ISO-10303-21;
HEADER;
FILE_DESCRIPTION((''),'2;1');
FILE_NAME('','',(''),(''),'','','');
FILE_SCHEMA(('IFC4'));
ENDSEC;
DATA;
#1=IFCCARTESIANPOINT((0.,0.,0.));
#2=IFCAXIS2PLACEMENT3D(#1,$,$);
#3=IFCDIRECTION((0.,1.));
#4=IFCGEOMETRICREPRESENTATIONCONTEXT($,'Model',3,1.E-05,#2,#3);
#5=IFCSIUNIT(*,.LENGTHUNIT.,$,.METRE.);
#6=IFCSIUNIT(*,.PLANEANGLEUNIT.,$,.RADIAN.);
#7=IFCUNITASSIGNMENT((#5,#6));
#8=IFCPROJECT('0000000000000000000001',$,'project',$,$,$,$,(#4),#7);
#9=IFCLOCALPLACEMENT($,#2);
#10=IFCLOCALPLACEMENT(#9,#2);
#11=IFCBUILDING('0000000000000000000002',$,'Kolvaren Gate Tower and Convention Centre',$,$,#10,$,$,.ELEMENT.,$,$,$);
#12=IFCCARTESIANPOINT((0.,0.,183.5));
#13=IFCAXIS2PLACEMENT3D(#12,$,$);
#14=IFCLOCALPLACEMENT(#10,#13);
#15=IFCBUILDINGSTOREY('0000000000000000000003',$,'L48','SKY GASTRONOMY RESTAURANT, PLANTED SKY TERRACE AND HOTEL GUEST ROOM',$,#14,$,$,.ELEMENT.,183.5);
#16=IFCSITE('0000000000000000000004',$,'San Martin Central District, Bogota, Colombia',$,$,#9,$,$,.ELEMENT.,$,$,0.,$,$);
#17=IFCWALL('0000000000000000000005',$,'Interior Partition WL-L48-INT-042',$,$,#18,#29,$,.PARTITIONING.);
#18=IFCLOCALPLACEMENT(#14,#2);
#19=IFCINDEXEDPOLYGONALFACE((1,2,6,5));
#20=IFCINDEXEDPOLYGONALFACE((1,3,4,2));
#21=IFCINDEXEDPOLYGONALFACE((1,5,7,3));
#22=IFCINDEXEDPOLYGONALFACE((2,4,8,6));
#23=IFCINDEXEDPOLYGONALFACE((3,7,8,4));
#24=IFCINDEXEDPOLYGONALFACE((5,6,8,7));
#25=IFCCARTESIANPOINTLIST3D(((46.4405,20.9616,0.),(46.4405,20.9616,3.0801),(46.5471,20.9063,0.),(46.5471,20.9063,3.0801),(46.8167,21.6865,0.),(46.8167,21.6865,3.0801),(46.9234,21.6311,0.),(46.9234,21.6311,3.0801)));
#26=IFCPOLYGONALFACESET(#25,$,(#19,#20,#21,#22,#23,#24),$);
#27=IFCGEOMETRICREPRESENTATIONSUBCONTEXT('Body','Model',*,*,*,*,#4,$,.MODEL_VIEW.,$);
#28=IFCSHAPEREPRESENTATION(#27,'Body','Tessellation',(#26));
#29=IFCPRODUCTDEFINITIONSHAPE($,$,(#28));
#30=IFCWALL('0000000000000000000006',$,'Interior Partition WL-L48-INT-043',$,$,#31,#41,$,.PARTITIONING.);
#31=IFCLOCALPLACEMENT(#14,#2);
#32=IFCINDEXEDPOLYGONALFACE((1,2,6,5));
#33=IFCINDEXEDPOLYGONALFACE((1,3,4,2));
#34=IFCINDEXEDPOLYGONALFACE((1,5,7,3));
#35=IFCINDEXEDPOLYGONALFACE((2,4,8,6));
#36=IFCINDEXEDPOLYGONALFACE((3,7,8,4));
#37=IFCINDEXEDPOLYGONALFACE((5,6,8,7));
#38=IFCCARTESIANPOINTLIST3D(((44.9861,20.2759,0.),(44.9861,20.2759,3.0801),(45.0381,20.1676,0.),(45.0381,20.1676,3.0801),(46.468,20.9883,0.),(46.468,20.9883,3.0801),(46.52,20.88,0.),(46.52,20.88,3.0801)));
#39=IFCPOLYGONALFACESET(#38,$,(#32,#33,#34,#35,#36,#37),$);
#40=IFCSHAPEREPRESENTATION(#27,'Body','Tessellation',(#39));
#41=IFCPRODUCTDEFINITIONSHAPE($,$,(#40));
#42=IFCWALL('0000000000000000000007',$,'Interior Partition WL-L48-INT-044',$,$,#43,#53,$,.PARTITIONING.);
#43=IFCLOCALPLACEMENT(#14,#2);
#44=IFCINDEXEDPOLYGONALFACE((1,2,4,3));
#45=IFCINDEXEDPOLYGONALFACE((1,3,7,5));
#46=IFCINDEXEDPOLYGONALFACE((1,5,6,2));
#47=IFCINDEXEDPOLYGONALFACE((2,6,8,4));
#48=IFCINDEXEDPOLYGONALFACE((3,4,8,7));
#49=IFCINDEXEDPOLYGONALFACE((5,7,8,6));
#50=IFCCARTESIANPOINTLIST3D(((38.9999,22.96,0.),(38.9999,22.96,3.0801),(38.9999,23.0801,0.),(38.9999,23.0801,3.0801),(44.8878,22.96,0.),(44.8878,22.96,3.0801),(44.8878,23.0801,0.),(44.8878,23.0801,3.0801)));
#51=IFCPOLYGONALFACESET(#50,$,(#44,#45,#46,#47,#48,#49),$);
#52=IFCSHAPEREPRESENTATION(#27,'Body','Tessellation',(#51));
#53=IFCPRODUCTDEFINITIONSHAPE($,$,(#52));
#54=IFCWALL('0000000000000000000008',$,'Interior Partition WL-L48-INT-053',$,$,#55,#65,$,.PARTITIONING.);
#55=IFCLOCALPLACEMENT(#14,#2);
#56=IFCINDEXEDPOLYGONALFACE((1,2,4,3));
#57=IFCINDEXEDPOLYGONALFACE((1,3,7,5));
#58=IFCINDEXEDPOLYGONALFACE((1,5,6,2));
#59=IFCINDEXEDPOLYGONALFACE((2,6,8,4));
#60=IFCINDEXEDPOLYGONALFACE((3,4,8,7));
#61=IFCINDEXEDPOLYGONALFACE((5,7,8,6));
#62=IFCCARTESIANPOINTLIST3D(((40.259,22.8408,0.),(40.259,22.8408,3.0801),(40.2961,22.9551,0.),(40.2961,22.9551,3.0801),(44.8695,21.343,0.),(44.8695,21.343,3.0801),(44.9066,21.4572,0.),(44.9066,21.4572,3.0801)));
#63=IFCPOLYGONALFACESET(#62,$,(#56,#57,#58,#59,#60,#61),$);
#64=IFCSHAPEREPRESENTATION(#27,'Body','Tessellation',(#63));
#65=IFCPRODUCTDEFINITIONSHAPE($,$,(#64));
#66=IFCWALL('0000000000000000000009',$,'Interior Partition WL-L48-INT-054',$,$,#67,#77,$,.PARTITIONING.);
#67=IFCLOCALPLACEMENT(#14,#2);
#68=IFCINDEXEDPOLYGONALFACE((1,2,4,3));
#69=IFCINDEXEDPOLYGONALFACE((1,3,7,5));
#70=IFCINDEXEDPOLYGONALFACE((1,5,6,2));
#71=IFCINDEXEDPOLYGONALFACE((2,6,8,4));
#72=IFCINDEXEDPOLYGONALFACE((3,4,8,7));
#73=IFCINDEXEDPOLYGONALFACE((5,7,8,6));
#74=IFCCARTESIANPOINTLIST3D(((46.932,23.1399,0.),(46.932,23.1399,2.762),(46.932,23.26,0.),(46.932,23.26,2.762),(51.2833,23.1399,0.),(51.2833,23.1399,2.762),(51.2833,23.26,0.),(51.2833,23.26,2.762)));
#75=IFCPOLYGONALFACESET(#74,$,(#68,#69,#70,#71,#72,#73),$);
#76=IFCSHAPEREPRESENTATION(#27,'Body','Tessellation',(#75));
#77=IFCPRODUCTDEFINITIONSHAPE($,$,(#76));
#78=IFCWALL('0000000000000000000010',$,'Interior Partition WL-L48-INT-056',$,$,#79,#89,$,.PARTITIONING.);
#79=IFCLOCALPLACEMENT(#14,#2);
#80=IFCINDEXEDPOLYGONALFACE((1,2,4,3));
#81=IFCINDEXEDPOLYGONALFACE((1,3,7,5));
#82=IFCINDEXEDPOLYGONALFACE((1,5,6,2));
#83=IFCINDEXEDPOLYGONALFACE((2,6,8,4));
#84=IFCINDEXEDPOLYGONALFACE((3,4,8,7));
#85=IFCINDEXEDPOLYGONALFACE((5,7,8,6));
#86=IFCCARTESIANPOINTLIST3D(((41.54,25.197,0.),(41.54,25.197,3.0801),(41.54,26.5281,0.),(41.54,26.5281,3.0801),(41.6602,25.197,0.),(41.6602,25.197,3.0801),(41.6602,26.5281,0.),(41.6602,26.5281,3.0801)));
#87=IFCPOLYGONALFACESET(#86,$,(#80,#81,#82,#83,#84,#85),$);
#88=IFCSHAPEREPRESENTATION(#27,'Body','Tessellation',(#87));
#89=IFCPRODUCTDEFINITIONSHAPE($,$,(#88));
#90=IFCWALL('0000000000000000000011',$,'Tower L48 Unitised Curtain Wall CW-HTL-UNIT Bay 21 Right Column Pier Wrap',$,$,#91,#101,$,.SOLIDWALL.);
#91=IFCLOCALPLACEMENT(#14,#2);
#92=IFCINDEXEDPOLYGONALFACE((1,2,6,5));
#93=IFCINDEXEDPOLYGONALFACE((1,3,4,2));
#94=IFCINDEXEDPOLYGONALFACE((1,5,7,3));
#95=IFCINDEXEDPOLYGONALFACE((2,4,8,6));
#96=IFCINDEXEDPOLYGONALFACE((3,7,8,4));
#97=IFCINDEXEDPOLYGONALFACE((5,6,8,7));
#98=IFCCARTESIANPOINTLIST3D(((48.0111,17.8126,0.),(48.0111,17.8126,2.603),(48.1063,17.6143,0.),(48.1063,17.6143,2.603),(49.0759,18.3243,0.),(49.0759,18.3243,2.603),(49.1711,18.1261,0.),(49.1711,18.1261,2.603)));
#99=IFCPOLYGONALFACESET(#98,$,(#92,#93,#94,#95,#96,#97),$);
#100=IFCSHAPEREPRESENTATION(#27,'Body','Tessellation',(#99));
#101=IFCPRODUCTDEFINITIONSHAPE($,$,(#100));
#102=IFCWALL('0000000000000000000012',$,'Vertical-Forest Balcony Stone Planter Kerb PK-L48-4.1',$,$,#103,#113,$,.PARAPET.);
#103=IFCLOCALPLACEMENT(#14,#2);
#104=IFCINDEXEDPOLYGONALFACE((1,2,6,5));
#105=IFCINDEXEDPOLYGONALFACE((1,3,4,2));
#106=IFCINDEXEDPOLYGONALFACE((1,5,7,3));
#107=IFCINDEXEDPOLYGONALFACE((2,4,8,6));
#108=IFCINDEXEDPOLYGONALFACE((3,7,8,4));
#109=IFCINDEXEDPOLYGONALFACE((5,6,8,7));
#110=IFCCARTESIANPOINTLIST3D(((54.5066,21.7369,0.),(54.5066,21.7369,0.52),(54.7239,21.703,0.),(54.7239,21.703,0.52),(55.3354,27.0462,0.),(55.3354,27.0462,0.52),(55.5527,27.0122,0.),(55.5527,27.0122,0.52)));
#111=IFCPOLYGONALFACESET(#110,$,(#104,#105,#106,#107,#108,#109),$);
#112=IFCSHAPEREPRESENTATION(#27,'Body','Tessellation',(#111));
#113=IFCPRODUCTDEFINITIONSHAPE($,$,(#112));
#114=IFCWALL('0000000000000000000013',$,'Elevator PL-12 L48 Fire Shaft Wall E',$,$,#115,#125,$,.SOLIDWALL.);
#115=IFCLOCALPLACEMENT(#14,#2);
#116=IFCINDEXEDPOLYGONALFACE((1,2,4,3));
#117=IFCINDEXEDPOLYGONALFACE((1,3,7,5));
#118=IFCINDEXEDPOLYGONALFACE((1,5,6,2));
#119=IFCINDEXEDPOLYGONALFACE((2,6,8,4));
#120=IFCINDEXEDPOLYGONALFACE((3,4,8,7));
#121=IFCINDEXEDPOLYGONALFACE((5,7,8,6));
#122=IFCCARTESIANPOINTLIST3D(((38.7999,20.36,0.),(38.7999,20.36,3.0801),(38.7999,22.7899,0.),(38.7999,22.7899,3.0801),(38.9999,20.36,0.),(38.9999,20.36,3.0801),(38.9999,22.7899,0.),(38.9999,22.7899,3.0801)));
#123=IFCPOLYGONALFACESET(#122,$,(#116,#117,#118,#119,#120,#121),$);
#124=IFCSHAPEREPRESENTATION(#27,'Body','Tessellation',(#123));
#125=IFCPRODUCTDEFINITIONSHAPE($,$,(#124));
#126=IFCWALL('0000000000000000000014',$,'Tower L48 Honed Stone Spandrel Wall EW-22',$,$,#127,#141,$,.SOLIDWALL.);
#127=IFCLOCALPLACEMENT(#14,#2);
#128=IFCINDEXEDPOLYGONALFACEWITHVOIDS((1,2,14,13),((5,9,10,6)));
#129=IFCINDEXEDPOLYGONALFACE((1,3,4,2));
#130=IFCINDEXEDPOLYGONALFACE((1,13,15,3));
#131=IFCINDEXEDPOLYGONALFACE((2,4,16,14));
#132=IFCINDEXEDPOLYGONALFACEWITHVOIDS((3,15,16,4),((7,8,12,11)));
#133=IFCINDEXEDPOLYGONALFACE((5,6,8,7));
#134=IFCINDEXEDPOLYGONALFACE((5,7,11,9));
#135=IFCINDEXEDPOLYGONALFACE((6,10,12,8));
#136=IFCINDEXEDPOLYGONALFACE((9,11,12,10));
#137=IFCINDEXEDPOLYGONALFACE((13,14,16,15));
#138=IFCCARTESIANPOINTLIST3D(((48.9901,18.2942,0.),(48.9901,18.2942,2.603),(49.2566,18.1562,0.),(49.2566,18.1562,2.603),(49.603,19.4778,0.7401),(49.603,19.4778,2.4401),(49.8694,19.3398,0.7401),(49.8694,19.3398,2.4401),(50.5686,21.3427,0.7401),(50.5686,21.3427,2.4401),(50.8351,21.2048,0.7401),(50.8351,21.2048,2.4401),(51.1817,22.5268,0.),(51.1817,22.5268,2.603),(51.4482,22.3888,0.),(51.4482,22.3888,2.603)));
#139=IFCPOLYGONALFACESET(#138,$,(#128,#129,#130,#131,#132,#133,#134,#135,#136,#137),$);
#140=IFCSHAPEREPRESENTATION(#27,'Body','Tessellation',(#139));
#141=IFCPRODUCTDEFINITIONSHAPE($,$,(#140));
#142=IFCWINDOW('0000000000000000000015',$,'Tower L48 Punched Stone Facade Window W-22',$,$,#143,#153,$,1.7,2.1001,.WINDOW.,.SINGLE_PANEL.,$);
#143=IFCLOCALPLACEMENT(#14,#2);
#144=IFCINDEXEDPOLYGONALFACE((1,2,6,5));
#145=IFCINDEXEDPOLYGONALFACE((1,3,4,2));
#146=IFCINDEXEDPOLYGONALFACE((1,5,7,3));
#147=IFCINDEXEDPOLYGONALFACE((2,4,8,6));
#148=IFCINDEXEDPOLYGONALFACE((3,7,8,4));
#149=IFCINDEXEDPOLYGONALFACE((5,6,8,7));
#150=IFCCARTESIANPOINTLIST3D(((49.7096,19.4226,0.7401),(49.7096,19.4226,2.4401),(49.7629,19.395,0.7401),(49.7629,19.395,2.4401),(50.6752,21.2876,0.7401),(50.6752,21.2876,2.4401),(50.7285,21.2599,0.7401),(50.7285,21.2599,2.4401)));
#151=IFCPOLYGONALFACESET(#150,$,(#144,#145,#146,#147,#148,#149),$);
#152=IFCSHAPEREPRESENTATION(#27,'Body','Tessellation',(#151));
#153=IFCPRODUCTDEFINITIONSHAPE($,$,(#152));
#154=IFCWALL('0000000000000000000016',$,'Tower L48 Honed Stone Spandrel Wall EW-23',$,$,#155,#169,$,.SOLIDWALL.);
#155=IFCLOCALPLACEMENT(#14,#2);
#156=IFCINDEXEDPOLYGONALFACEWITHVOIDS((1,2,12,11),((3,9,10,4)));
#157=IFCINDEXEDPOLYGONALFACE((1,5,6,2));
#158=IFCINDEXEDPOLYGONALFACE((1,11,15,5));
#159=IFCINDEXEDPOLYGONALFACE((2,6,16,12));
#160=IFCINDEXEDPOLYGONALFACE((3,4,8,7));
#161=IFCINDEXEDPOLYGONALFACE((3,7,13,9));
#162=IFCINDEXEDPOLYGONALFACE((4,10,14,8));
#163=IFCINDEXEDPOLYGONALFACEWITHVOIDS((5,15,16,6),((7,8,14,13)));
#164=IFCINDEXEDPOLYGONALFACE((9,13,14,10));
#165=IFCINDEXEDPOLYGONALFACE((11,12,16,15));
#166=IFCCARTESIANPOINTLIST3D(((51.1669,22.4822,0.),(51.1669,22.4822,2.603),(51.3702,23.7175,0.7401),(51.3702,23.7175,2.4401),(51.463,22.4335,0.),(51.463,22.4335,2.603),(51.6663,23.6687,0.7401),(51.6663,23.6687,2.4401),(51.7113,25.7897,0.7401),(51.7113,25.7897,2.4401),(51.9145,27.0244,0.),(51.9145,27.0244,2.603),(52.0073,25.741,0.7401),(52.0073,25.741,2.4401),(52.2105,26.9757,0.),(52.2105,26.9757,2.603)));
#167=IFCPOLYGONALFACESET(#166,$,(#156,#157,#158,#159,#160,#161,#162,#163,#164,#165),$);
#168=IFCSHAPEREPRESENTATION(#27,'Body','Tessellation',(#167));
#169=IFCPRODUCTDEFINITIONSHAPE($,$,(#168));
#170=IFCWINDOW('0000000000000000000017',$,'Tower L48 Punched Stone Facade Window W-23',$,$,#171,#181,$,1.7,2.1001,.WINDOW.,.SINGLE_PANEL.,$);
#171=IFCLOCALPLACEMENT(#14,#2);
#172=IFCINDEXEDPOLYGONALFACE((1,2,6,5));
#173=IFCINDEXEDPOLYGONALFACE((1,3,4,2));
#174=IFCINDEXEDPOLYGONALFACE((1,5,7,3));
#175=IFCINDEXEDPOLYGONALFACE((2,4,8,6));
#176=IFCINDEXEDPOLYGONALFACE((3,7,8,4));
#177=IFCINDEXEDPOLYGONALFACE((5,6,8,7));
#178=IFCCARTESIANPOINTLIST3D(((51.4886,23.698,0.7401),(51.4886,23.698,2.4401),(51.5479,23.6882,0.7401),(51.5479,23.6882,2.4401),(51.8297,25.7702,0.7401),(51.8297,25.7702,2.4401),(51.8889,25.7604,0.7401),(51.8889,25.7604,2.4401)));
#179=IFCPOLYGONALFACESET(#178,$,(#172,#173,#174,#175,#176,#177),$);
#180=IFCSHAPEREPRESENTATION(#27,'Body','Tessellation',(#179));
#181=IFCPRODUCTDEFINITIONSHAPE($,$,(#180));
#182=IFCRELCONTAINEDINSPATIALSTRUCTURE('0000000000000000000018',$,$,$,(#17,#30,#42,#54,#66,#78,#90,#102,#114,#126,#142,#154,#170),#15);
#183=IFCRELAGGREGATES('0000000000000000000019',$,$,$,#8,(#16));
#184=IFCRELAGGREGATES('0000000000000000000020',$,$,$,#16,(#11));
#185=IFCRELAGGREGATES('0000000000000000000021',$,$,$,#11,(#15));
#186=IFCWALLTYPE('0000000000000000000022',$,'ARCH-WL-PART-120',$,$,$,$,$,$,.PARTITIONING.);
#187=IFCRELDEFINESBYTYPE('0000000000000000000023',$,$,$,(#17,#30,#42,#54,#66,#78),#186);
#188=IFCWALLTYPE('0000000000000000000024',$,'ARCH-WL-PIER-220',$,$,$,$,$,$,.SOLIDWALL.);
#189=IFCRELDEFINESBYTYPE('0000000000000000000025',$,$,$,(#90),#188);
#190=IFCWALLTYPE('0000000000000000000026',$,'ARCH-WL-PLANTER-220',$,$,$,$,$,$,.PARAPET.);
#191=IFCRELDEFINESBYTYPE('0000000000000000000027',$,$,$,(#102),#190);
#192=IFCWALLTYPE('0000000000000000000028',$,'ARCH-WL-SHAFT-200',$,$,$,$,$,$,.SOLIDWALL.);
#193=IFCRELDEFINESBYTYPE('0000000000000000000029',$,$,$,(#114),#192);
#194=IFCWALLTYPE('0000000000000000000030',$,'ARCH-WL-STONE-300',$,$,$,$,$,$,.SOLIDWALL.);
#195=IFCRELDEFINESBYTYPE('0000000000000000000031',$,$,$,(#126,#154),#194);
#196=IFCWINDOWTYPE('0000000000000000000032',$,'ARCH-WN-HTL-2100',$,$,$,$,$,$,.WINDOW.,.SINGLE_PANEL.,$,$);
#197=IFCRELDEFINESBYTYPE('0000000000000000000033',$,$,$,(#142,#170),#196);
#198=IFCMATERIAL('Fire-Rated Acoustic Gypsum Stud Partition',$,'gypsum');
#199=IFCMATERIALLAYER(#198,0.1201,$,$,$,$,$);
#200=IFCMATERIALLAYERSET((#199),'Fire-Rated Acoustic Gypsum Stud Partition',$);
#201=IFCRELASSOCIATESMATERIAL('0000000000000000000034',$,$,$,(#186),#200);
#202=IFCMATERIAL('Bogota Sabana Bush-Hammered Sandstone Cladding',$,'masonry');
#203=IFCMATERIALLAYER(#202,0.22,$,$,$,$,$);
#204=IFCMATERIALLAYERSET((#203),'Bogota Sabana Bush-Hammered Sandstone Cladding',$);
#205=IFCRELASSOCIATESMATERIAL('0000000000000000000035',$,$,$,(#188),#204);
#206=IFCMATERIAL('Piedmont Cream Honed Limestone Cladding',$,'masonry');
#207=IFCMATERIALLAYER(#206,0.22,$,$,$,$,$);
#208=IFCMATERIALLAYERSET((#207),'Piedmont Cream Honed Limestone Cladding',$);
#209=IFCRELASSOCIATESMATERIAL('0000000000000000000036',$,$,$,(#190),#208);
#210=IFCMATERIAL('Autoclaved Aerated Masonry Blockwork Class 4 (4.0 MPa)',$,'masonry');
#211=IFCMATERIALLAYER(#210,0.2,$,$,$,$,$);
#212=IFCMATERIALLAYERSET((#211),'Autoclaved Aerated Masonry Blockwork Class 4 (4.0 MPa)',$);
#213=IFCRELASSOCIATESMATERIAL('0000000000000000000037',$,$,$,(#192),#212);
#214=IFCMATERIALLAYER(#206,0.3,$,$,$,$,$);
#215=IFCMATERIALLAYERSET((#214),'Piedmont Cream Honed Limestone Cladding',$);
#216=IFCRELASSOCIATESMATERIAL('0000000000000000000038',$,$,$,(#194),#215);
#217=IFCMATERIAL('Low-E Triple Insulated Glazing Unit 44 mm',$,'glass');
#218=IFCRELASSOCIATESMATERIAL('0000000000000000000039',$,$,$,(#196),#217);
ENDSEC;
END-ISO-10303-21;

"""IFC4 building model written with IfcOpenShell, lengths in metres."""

from ifc_helpers import new_model, si_unit, direction, frame, frame_2d, origin, place, context, subcontext, project, spatial, rectangle, extrude, material, layer, layer_set, type_object, element, fill, save


model = new_model("IFC4")

# Units and contexts
model_context = context("Model", 3, precision=1e-05, world=origin(), true_north=direction((0.0, 1.0)))
body_context = subcontext(model_context, "Body", "Model", "MODEL_VIEW")
ifc_project = project(units=[si_unit("LENGTHUNIT", "METRE"), si_unit("PLANEANGLEUNIT", "RADIAN")], contexts=[model_context])

# Site, building, storey
site_placement = place(None, origin())
site = spatial("IfcSite", under=ifc_project, at=site_placement, Name="San Martin Central District, Bogota, Colombia", CompositionType="ELEMENT", RefElevation=0.0)
building_placement = place(site_placement, origin())
building = spatial("IfcBuilding", under=site, at=building_placement, Name="Kolvaren Gate Tower and Convention Centre", CompositionType="ELEMENT")
storey_placement = place(building_placement, frame((0.0, 0.0, 183.5)))
storey = spatial("IfcBuildingStorey", under=building, at=storey_placement, Name="L48", Description="SKY GASTRONOMY RESTAURANT, PLANTED SKY TERRACE AND HOTEL GUEST ROOM", CompositionType="ELEMENT", Elevation=183.5)

# Shared definitions
ifc_material_1 = material(Name="Fire-Rated Acoustic Gypsum Stud Partition", Category="gypsum")
ifc_layer_1 = layer(ifc_material_1, 0.1201)
ifc_layer_set_1 = layer_set([ifc_layer_1], Name="Fire-Rated Acoustic Gypsum Stud Partition")
wall_type_1 = type_object("IfcWallType", Name="ARCH-WL-PART-120", PredefinedType="PARTITIONING", material=ifc_layer_set_1)

# Walls
wall_1_placement = place(storey_placement, frame((46.4939, 20.9341, 0.0), z_axis=(0.0, 0.0, 1.0), x_axis=(0.460675, 0.887569, 0.0)))
element("IfcWall", 1, at=wall_1_placement, inside=storey, type_object=wall_type_1, Name="Interior Partition WL-L48-INT-042", PredefinedType="PARTITIONING", context=body_context, shape_type="SweptSolid", body=[
    extrude(rectangle(XDim=0.8167, YDim=0.1201, at=frame_2d((0.4082, 0.0))), origin(), (0.0, 0.0, 1.0), 3.0801),
])
wall_2_placement = place(storey_placement, frame((45.012, 20.2217, 0.0), z_axis=(0.0, 0.0, 1.0), x_axis=(0.901268, 0.433262, 0.0)))
element("IfcWall", 2, at=wall_2_placement, inside=storey, type_object=wall_type_1, Name="Interior Partition WL-L48-INT-043", PredefinedType="PARTITIONING", context=body_context, shape_type="SweptSolid", body=[
    extrude(rectangle(XDim=1.6443, YDim=0.1201, at=frame_2d((0.8223, 0.0))), origin(), (0.0, 0.0, 1.0), 3.0801),
])
wall_3_placement = place(storey_placement, frame((39.0, 23.02, 0.0), z_axis=(0.0, 0.0, 1.0), x_axis=(1.0, 0.0, 0.0)))
element("IfcWall", 3, at=wall_3_placement, inside=storey, type_object=wall_type_1, Name="Interior Partition WL-L48-INT-044", PredefinedType="PARTITIONING", context=body_context, shape_type="SweptSolid", body=[
    extrude(rectangle(XDim=5.8879, YDim=0.1201, at=frame_2d((2.9438, 0.0))), origin(), (0.0, 0.0, 1.0), 3.0801),
])
wall_4_placement = place(storey_placement, frame((40.2776, 22.8979, 0.0), z_axis=(0.0, 0.0, 1.0), x_axis=(0.951068, -0.308981, 0.0)))
element("IfcWall", 4, at=wall_4_placement, inside=storey, type_object=wall_type_1, Name="Interior Partition WL-L48-INT-053", PredefinedType="PARTITIONING", context=body_context, shape_type="SweptSolid", body=[
    extrude(rectangle(XDim=4.8477, YDim=0.1201, at=frame_2d((2.4238, 0.0))), origin(), (0.0, 0.0, 1.0), 3.0801),
])
wall_5_placement = place(storey_placement, frame((46.9319, 23.2, 0.0), z_axis=(0.0, 0.0, 1.0), x_axis=(1.0, 0.0, 0.0)))
element("IfcWall", 5, at=wall_5_placement, inside=storey, type_object=wall_type_1, Name="Interior Partition WL-L48-INT-054", PredefinedType="PARTITIONING", context=body_context, shape_type="SweptSolid", body=[
    extrude(rectangle(XDim=4.3513, YDim=0.1201, at=frame_2d((2.1758, 0.0))), origin(), (0.0, 0.0, 1.0), 2.762),
])
wall_6_placement = place(storey_placement, frame((41.6001, 25.197, 0.0), z_axis=(0.0, 0.0, 1.0), x_axis=(0.0, 1.0, 0.0)))
element("IfcWall", 6, at=wall_6_placement, inside=storey, type_object=wall_type_1, Name="Interior Partition WL-L48-INT-056", PredefinedType="PARTITIONING", context=body_context, shape_type="SweptSolid", body=[
    extrude(rectangle(XDim=1.3311, YDim=0.1201, at=frame_2d((0.6655, 0.0))), origin(), (0.0, 0.0, 1.0), 3.0801),
])
ifc_material_2 = material(Name="Bogota Sabana Bush-Hammered Sandstone Cladding", Category="masonry")
ifc_layer_2 = layer(ifc_material_2, 0.22)
ifc_layer_set_2 = layer_set([ifc_layer_2], Name="Bogota Sabana Bush-Hammered Sandstone Cladding")
wall_type_2 = type_object("IfcWallType", Name="ARCH-WL-PIER-220", PredefinedType="SOLIDWALL", material=ifc_layer_set_2)
wall_7_placement = place(storey_placement, frame((48.0586, 17.7134, 0.0), z_axis=(0.0, 0.0, 1.0), x_axis=(0.901304, 0.433188, 0.0)))
element("IfcWall", 7, at=wall_7_placement, inside=storey, type_object=wall_type_2, Name="Tower L48 Unitised Curtain Wall CW-HTL-UNIT Bay 21 Right Column Pier Wrap", PredefinedType="SOLIDWALL", context=body_context, shape_type="SweptSolid", body=[
    extrude(rectangle(XDim=1.1814, YDim=0.22, at=frame_2d((0.5908, 0.0))), origin(), (0.0, 0.0, 1.0), 2.603),
])
ifc_material_3 = material(Name="Piedmont Cream Honed Limestone Cladding", Category="masonry")
ifc_layer_3 = layer(ifc_material_3, 0.22)
ifc_layer_set_3 = layer_set([ifc_layer_3], Name="Piedmont Cream Honed Limestone Cladding")
wall_type_3 = type_object("IfcWallType", Name="ARCH-WL-PLANTER-220", PredefinedType="PARAPET", material=ifc_layer_set_3)
wall_8_placement = place(storey_placement, frame((54.6152, 21.72, 0.0), z_axis=(0.0, 0.0, 1.0), x_axis=(0.154245, 0.988033, 0.0)))
element("IfcWall", 8, at=wall_8_placement, inside=storey, type_object=wall_type_3, Name="Vertical-Forest Balcony Stone Planter Kerb PK-L48-4.1", PredefinedType="PARAPET", context=body_context, shape_type="SweptSolid", body=[
    extrude(rectangle(XDim=5.3735, YDim=0.22, at=frame_2d((2.6868, 0.0))), origin(), (0.0, 0.0, 1.0), 0.52),
])
ifc_material_4 = material(Name="Autoclaved Aerated Masonry Blockwork Class 4 (4.0 MPa)", Category="masonry")
ifc_layer_4 = layer(ifc_material_4, 0.2)
ifc_layer_set_4 = layer_set([ifc_layer_4], Name="Autoclaved Aerated Masonry Blockwork Class 4 (4.0 MPa)")
wall_type_4 = type_object("IfcWallType", Name="ARCH-WL-SHAFT-200", PredefinedType="SOLIDWALL", material=ifc_layer_set_4)
wall_9_placement = place(storey_placement, frame((38.8999, 20.3601, 0.0), z_axis=(0.0, 0.0, 1.0), x_axis=(0.0, 1.0, 0.0)))
element("IfcWall", 9, at=wall_9_placement, inside=storey, type_object=wall_type_4, Name="Elevator PL-12 L48 Fire Shaft Wall E", PredefinedType="SOLIDWALL", context=body_context, shape_type="SweptSolid", body=[
    extrude(rectangle(XDim=2.4299, YDim=0.2, at=frame_2d((1.2148, 0.0))), origin(), (0.0, 0.0, 1.0), 3.0801),
])

# Walls, openings, windows
ifc_layer_5 = layer(ifc_material_3, 0.3)
ifc_layer_set_5 = layer_set([ifc_layer_5], Name="Piedmont Cream Honed Limestone Cladding")
wall_type_5 = type_object("IfcWallType", Name="ARCH-WL-STONE-300", PredefinedType="SOLIDWALL", material=ifc_layer_set_5)
wall_10_placement = place(storey_placement, frame((49.1233, 18.2251, 0.0), z_axis=(0.0, 0.0, 1.0), x_axis=(0.45981, 0.888017, 0.0)))
wall_10 = element("IfcWall", 10, at=wall_10_placement, inside=storey, type_object=wall_type_5, Name="Tower L48 Honed Stone Spandrel Wall EW-22", PredefinedType="SOLIDWALL", context=body_context, shape_type="SweptSolid", body=[
    extrude(rectangle(XDim=4.7664, YDim=0.3, at=frame_2d((2.3833, 0.0))), origin(), (0.0, 0.0, 1.0), 2.603),
])
opening_1_placement = place(wall_10_placement, frame((1.333, 0.0, 0.74)))
opening_1 = element("IfcOpeningElement", 11, at=opening_1_placement, cuts=wall_10, PredefinedType="OPENING", context=body_context, shape_type="SweptSolid", body=[
    extrude(rectangle(XDim=2.1001, YDim=1.7, at=frame_2d((1.05, 0.8501))), frame((0.0, 0.1599, 0.0), z_axis=(0.0, -1.0, 0.0), x_axis=(1.0, 0.0, 0.0)), (0.0, 0.0, 1.0), 0.3201),
])
ifc_material_5 = material(Name="Low-E Triple Insulated Glazing Unit 44 mm", Category="glass")
window_type = type_object("IfcWindowType", Name="ARCH-WN-HTL-2100", PartitioningType="SINGLE_PANEL", PredefinedType="WINDOW", material=ifc_material_5)
window_1_placement = place(opening_1_placement, origin())
window_1 = element("IfcWindow", 12, at=window_1_placement, inside=storey, type_object=window_type, Name="Tower L48 Punched Stone Facade Window W-22", OverallHeight=1.7, OverallWidth=2.1001, PartitioningType="SINGLE_PANEL", PredefinedType="WINDOW", context=body_context, shape_type="SweptSolid", body=[
    extrude(rectangle(XDim=2.1001, YDim=1.7, at=frame_2d((1.05, 0.8501))), frame((0.0, 0.03, 0.0), z_axis=(0.0, -1.0, 0.0), x_axis=(1.0, 0.0, 0.0)), (0.0, 0.0, 1.0), 0.0601),
])
fill(opening_1, window_1)
wall_11_placement = place(storey_placement, frame((51.3149, 22.4578, 0.0), z_axis=(0.0, 0.0, 1.0), x_axis=(0.162395, 0.986726, 0.0)))
wall_11 = element("IfcWall", 13, at=wall_11_placement, inside=storey, type_object=wall_type_5, Name="Tower L48 Honed Stone Spandrel Wall EW-23", PredefinedType="SOLIDWALL", context=body_context, shape_type="SweptSolid", body=[
    extrude(rectangle(XDim=4.6033, YDim=0.3, at=frame_2d((2.3018, 0.0))), origin(), (0.0, 0.0, 1.0), 2.603),
])
opening_2_placement = place(wall_11_placement, frame((1.252, 0.0, 0.74)))
opening_2 = element("IfcOpeningElement", 14, at=opening_2_placement, cuts=wall_11, PredefinedType="OPENING", context=body_context, shape_type="SweptSolid", body=[
    extrude(rectangle(XDim=2.1001, YDim=1.7, at=frame_2d((1.05, 0.8501))), frame((0.0, 0.1599, 0.0), z_axis=(0.0, -1.0, 0.0), x_axis=(1.0, 0.0, 0.0)), (0.0, 0.0, 1.0), 0.3201),
])
window_2_placement = place(opening_2_placement, origin())
window_2 = element("IfcWindow", 15, at=window_2_placement, inside=storey, type_object=window_type, Name="Tower L48 Punched Stone Facade Window W-23", OverallHeight=1.7, OverallWidth=2.1001, PartitioningType="SINGLE_PANEL", PredefinedType="WINDOW", context=body_context, shape_type="SweptSolid", body=[
    extrude(rectangle(XDim=2.1001, YDim=1.7, at=frame_2d((1.05, 0.8501))), frame((0.0, 0.03, 0.0), z_axis=(0.0, -1.0, 0.0), x_axis=(1.0, 0.0, 0.0)), (0.0, 0.0, 1.0), 0.0601),
])
fill(opening_2, window_2)

save(model, "model.ifc")
